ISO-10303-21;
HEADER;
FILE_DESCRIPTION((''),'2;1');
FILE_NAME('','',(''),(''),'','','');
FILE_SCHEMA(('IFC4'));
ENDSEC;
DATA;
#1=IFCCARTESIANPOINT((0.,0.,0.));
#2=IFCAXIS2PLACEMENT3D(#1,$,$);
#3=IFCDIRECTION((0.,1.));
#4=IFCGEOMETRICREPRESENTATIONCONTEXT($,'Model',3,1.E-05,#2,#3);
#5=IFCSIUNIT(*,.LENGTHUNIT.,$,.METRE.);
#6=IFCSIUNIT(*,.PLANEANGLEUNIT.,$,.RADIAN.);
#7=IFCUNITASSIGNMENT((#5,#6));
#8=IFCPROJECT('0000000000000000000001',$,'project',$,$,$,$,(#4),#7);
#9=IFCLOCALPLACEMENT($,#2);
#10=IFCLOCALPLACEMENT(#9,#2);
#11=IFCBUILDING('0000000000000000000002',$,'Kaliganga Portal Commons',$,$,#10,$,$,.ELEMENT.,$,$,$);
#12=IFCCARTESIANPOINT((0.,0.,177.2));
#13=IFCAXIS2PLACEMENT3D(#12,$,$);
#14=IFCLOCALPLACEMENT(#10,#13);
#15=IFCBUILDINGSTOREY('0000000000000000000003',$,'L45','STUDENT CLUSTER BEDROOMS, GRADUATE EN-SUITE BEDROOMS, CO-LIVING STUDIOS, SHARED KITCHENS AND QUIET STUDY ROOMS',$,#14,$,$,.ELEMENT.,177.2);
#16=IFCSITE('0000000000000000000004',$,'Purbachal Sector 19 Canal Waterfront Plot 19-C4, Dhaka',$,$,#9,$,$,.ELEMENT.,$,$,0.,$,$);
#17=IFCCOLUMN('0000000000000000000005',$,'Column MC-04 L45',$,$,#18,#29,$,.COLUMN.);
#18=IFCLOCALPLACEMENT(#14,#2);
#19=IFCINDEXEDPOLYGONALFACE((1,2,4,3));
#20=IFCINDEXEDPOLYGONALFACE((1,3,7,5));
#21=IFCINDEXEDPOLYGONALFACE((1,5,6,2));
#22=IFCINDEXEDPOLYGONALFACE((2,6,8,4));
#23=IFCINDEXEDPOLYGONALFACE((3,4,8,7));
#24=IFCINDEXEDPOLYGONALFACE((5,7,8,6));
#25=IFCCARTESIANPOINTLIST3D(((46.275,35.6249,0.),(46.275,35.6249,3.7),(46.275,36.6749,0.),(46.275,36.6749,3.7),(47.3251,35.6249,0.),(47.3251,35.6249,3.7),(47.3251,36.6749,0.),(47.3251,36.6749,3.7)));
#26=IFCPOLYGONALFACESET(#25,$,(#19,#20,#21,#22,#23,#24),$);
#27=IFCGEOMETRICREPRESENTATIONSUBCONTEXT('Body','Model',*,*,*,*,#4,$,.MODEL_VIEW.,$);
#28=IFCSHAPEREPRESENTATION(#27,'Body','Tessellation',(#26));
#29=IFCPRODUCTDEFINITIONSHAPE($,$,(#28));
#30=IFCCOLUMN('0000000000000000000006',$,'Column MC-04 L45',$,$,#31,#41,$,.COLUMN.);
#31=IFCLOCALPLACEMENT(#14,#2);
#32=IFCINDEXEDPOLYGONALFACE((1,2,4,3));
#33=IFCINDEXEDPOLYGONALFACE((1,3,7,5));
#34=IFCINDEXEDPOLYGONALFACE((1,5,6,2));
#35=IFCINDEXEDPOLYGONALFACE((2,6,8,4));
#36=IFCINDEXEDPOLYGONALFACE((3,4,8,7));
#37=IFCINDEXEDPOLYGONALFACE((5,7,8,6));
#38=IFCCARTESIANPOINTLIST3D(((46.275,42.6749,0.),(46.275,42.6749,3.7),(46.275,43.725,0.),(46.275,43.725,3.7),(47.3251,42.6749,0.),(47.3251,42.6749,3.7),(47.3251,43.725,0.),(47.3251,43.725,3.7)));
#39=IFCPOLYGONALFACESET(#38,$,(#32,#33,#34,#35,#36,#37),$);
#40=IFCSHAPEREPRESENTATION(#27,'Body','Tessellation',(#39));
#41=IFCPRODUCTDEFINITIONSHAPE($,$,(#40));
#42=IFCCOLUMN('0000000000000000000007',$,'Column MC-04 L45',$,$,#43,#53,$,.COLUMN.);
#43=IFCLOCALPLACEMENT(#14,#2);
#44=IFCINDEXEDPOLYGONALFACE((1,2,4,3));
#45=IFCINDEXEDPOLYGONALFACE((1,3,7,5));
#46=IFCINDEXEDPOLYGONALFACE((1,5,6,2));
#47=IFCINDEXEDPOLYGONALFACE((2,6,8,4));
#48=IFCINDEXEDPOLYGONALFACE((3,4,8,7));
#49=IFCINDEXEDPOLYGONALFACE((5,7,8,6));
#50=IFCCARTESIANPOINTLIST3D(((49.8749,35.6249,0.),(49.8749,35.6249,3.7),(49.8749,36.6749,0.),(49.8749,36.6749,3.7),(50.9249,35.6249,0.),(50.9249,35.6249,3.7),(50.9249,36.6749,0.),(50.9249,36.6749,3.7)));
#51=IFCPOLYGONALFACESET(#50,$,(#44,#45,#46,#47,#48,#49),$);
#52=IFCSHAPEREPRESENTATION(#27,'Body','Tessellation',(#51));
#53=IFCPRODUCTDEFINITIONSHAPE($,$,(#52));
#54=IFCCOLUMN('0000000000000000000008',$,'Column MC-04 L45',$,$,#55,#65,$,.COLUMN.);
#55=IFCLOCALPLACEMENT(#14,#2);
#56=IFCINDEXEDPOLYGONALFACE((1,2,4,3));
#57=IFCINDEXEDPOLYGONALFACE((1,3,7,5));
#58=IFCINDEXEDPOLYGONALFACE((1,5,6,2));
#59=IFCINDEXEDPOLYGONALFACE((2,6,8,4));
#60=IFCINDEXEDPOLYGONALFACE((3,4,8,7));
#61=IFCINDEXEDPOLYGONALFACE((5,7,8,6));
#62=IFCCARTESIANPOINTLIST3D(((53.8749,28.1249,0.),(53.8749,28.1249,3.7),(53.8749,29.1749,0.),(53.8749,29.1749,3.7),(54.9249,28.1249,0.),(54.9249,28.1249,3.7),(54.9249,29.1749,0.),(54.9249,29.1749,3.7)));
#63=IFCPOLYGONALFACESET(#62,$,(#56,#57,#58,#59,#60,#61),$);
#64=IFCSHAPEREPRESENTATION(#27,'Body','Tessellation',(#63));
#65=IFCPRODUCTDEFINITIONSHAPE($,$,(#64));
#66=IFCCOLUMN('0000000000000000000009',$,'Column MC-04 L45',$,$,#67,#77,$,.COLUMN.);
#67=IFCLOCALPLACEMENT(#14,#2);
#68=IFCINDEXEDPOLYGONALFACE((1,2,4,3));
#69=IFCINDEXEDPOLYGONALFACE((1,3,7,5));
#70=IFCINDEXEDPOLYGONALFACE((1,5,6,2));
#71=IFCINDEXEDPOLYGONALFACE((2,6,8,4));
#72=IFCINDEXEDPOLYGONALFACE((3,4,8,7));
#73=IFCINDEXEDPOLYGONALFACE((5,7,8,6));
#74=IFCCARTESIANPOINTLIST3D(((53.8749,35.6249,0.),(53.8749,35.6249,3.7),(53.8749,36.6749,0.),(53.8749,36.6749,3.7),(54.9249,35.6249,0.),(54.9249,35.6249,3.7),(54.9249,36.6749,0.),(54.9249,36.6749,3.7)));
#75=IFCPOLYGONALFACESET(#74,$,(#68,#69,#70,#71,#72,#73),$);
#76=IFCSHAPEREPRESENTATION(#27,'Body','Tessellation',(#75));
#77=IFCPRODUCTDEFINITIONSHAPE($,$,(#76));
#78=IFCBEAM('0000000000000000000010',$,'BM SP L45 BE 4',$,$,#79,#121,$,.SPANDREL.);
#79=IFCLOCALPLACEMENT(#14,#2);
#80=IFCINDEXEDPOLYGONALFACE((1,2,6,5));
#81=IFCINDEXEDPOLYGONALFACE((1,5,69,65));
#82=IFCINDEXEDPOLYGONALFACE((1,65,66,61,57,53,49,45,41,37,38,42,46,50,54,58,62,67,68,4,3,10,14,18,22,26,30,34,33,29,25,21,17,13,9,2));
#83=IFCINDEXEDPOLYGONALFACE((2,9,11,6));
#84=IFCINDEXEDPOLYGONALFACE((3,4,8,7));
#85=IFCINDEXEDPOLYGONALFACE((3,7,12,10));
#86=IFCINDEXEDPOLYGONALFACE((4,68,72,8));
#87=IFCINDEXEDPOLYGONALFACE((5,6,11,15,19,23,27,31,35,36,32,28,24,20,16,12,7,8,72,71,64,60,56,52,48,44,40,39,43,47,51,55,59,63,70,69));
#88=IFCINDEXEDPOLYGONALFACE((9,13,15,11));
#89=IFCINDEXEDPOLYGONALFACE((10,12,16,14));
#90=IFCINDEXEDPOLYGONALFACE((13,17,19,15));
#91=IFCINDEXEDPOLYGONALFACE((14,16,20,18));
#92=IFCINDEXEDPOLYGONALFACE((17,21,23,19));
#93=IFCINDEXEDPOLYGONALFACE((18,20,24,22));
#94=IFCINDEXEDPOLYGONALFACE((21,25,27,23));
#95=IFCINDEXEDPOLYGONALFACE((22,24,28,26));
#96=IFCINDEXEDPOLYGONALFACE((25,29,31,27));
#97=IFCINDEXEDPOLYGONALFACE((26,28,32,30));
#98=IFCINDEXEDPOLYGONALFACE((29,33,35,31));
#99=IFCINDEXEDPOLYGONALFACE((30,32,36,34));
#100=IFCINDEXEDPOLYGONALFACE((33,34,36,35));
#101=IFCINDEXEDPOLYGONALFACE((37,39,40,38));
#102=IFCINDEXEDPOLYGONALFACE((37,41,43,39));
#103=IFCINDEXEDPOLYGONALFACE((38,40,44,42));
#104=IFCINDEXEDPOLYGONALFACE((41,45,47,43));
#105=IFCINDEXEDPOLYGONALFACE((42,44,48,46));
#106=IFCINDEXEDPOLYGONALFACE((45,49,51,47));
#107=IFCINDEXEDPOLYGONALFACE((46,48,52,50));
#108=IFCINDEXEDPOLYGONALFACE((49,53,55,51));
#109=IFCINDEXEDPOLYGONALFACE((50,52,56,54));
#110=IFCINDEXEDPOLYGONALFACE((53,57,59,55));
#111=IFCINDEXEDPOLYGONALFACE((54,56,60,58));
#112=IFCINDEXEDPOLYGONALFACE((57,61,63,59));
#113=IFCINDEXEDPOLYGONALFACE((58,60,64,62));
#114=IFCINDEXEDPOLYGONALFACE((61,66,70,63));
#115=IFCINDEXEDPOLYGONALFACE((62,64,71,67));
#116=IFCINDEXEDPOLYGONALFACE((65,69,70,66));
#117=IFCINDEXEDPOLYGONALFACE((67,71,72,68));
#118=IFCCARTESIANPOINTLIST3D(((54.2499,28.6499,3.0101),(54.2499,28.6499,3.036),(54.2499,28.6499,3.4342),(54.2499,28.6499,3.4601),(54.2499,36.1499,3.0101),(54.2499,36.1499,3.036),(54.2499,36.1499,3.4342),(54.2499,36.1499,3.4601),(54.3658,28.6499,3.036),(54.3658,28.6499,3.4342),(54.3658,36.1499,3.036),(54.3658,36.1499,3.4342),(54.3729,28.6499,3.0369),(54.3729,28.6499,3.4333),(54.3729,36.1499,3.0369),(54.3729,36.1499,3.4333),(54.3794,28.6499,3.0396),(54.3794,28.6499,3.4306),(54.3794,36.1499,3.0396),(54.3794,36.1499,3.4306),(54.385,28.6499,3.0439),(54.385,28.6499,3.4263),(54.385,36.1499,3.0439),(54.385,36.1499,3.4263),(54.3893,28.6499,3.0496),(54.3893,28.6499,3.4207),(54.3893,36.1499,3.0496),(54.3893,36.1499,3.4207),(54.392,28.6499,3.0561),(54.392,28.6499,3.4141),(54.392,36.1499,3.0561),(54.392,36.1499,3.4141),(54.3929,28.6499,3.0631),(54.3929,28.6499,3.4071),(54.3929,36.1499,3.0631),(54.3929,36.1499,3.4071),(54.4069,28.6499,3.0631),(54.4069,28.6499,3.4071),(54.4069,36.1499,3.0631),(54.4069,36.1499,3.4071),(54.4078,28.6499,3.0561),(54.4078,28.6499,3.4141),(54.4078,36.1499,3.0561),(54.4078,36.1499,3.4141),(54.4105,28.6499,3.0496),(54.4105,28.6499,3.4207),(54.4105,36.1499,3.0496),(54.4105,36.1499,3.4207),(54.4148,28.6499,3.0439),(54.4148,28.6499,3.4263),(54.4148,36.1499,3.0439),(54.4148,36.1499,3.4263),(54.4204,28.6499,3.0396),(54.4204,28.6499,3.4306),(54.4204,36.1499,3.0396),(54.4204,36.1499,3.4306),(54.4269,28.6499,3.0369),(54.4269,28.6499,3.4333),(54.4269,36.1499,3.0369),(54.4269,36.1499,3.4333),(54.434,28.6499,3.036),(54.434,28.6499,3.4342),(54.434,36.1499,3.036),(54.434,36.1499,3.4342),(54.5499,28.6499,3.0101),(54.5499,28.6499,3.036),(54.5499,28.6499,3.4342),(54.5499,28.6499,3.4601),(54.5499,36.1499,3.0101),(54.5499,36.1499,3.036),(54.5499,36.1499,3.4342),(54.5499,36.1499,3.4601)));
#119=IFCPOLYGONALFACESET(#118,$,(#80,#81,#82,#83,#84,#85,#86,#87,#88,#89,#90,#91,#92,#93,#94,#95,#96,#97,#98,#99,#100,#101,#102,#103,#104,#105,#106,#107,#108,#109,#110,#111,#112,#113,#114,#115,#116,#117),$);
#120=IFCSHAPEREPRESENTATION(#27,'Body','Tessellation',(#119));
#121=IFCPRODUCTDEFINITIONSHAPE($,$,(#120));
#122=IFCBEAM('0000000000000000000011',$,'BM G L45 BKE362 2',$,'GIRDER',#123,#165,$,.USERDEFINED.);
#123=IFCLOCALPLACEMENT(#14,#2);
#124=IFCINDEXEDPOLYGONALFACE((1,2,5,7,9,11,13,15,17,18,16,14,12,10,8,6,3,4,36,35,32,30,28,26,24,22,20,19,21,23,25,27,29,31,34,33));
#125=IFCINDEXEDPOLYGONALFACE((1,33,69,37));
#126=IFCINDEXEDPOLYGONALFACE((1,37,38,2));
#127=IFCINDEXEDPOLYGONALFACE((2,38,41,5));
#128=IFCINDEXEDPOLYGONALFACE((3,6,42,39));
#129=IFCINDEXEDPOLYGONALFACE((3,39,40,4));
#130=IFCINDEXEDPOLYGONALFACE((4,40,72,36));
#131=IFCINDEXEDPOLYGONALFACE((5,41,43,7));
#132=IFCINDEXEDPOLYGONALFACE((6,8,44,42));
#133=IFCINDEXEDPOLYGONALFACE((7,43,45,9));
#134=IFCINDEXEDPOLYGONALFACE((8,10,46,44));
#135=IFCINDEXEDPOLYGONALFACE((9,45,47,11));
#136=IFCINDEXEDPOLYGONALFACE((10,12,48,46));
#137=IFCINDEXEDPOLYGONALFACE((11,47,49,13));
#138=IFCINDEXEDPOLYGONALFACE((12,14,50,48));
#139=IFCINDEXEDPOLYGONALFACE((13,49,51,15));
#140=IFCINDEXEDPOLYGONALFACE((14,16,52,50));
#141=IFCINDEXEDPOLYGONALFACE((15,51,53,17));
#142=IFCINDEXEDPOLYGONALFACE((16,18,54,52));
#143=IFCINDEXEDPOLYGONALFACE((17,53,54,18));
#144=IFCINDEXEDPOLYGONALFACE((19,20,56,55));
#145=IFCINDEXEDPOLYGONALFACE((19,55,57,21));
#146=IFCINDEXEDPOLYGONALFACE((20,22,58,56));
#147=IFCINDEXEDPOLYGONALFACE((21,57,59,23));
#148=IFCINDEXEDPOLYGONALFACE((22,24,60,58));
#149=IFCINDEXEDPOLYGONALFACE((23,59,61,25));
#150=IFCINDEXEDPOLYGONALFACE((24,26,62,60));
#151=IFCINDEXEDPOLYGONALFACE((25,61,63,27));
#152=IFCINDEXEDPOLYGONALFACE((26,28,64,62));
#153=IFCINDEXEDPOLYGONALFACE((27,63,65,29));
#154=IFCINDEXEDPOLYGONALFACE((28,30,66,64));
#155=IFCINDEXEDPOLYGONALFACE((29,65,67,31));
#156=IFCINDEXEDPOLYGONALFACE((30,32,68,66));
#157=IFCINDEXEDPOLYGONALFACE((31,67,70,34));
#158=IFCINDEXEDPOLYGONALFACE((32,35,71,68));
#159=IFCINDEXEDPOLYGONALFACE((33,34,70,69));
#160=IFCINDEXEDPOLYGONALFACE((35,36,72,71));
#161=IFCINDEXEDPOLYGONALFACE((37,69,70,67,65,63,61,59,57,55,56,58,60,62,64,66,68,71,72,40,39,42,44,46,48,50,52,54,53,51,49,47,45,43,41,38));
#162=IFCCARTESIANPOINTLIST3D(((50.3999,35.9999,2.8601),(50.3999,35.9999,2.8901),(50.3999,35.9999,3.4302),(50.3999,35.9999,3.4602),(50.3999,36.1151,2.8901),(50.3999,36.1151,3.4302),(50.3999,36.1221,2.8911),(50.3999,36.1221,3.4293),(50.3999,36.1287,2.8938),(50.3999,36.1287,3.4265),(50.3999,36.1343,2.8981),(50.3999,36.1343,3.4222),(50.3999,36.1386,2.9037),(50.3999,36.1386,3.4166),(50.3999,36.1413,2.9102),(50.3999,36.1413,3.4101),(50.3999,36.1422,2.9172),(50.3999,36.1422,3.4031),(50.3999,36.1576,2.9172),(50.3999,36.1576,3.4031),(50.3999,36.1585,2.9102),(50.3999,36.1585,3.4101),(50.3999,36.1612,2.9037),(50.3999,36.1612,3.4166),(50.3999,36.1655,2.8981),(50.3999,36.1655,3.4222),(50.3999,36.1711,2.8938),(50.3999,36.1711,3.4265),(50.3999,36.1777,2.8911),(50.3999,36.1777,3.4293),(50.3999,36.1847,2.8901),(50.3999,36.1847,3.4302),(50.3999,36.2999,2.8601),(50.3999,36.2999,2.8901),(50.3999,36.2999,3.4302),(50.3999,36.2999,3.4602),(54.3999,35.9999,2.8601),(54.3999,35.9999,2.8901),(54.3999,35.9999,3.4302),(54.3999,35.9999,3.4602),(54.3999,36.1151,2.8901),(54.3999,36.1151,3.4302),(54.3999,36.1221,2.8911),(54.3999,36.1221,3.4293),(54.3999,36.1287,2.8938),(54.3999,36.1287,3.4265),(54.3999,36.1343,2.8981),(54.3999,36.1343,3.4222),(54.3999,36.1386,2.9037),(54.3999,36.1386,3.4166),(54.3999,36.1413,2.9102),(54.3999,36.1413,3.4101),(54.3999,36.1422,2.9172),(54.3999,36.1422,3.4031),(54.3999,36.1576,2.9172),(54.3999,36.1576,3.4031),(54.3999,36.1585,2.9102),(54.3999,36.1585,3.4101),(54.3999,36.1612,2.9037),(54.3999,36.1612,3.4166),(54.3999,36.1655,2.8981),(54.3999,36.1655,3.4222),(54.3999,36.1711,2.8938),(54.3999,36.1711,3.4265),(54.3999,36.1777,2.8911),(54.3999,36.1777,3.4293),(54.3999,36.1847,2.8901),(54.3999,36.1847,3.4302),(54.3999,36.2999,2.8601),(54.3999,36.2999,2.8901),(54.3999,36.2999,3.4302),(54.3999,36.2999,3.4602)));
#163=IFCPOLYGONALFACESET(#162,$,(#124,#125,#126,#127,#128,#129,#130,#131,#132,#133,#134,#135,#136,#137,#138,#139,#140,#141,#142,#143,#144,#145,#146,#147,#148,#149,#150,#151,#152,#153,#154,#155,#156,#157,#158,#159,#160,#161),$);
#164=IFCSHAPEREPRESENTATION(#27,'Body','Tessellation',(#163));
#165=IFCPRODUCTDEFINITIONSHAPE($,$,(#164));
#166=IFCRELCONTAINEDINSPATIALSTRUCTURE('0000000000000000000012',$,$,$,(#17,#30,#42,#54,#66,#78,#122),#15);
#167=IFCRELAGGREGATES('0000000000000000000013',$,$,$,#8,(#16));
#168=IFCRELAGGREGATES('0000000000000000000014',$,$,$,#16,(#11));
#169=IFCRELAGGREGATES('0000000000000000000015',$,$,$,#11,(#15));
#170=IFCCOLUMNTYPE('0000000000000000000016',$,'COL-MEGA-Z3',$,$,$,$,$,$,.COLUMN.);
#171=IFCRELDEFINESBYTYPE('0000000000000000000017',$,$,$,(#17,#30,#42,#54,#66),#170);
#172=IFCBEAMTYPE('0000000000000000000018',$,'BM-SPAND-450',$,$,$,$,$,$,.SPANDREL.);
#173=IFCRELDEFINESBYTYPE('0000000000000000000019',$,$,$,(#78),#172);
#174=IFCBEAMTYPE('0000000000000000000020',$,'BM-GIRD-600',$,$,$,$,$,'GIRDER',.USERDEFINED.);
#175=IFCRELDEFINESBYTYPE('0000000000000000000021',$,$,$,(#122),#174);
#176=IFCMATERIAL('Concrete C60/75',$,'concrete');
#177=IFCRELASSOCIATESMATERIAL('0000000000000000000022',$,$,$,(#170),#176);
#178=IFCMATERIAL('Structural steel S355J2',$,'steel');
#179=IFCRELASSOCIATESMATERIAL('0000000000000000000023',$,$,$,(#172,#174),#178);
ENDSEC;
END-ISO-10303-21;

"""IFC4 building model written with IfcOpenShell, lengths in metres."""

from ifc_helpers import new_model, si_unit, direction, frame, origin, origin_2d, place, context, subcontext, project, spatial, rectangle, i_section, extrude, source, transform, mapped, material, material_profile, profile_set, type_object, element, save


model = new_model("IFC4")

# Units and contexts
model_context = context("Model", 3, precision=1e-05, world=origin(), true_north=direction((0.0, 1.0)))
body_context = subcontext(model_context, "Body", "Model", "MODEL_VIEW")
ifc_project = project(units=[si_unit("LENGTHUNIT", "METRE"), si_unit("PLANEANGLEUNIT", "RADIAN")], contexts=[model_context])

# Site, building, storey
site_placement = place(None, origin())
site = spatial("IfcSite", under=ifc_project, at=site_placement, Name="Purbachal Sector 19 Canal Waterfront Plot 19-C4, Dhaka", CompositionType="ELEMENT", RefElevation=0.0)
building_placement = place(site_placement, origin())
building = spatial("IfcBuilding", under=site, at=building_placement, Name="Kaliganga Portal Commons", CompositionType="ELEMENT")
storey_placement = place(building_placement, frame((0.0, 0.0, 177.2)))
storey = spatial("IfcBuildingStorey", under=building, at=storey_placement, Name="L45", Description="STUDENT CLUSTER BEDROOMS, GRADUATE EN-SUITE BEDROOMS, CO-LIVING STUDIOS, SHARED KITCHENS AND QUIET STUDY ROOMS", CompositionType="ELEMENT", Elevation=177.2)

# Columns
ifc_material_1 = material(Name="Concrete C60/75", Category="concrete")
ifc_material_profile_1 = material_profile(ifc_material_1, rectangle(XDim=1.05, YDim=1.05, at=origin_2d()), Name="RC 1050x1050")
ifc_profile_set_1 = profile_set([ifc_material_profile_1], Name="Concrete C60/75")
column_type = type_object("IfcColumnType", Name="COL-MEGA-Z3", PredefinedType="COLUMN", material=ifc_profile_set_1)
shared_shape_1 = source(origin(), body_context, "Body", "SweptSolid", [
    extrude(rectangle(XDim=1.05, YDim=1.05, at=origin_2d()), origin(), (0.0, 0.0, 1.0), 3.7),
])
for number, where, z_axis, x_axis, name in (
    (1, (46.8, 36.1499, 0.0), (0.0, 0.0, 1.0), (1.0, 0.0, 0.0), "Column MC-04 L45"),
    (2, (46.8, 43.2, 0.0), (0.0, 0.0, 1.0), (1.0, 0.0, 0.0), "Column MC-04 L45"),
    (3, (50.3999, 36.1499, 0.0), (0.0, 0.0, 1.0), (1.0, 0.0, 0.0), "Column MC-04 L45"),
    (4, (54.3999, 28.6499, 0.0), (0.0, 0.0, 1.0), (1.0, 0.0, 0.0), "Column MC-04 L45"),
    (5, (54.3999, 36.1499, 0.0), (0.0, 0.0, 1.0), (1.0, 0.0, 0.0), "Column MC-04 L45"),
):
    element("IfcColumn", number, at=place(storey_placement, frame(where, z_axis=z_axis, x_axis=x_axis)), inside=storey, type_object=column_type, Name=name, PredefinedType="COLUMN", context=body_context, shape_type="MappedRepresentation", body=[
        mapped(shared_shape_1, transform((0.0, 0.0, 0.0), x_axis=(1.0, 0.0, 0.0), y_axis=(0.0, 1.0, 0.0), z_axis=(0.0, 0.0, 1.0), scale=1.0)),
    ])

# Beams
ifc_material_2 = material(Name="Structural steel S355J2", Category="steel")
ifc_material_profile_2 = material_profile(ifc_material_2, i_section(OverallWidth=0.3, OverallDepth=0.45, WebThickness=0.0139, FlangeThickness=0.0259, FilletRadius=0.0271, at=origin_2d()), Name="HE 450 B")
ifc_profile_set_2 = profile_set([ifc_material_profile_2], Name="Structural steel S355J2 wide-flange")
beam_type_1 = type_object("IfcBeamType", Name="BM-SPAND-450", PredefinedType="SPANDREL", material=ifc_profile_set_2)
shared_shape_2 = source(origin(), body_context, "Body", "SweptSolid", [
    extrude(i_section(OverallWidth=0.3, OverallDepth=0.45, WebThickness=0.0139, FlangeThickness=0.0259, FilletRadius=0.0271, at=origin_2d()), origin(), (0.0, 0.0, 1.0), 7.5),
])
beam_1_placement = place(storey_placement, frame((54.3999, 28.6499, 3.2351), z_axis=(0.0, 1.0, 0.0), x_axis=(-1.0, 0.0, 0.0)))
element("IfcBeam", 6, at=beam_1_placement, inside=storey, type_object=beam_type_1, Name="BM SP L45 BE 4", PredefinedType="SPANDREL", context=body_context, shape_type="MappedRepresentation", body=[
    mapped(shared_shape_2, transform((0.0, 0.0, 0.0), x_axis=(1.0, 0.0, 0.0), y_axis=(0.0, 1.0, 0.0), z_axis=(0.0, 0.0, 1.0), scale=1.0)),
])
ifc_material_profile_3 = material_profile(ifc_material_2, i_section(OverallWidth=0.3, OverallDepth=0.6001, WebThickness=0.0154, FlangeThickness=0.03, FilletRadius=0.0271, at=origin_2d()), Name="HE 600 B")
ifc_profile_set_3 = profile_set([ifc_material_profile_3], Name="Structural steel S355J2 wide-flange")
beam_type_2 = type_object("IfcBeamType", Name="BM-GIRD-600", ElementType="GIRDER", PredefinedType="USERDEFINED", material=ifc_profile_set_3)
shared_shape_3 = source(origin(), body_context, "Body", "SweptSolid", [
    extrude(i_section(OverallWidth=0.3, OverallDepth=0.6001, WebThickness=0.0154, FlangeThickness=0.03, FilletRadius=0.0271, at=origin_2d()), origin(), (0.0, 0.0, 1.0), 4.0),
])
beam_2_placement = place(storey_placement, frame((50.3999, 36.1499, 3.1602), z_axis=(1.0, 0.0, 0.0), x_axis=(0.0, 1.0, 0.0)))
element("IfcBeam", 7, at=beam_2_placement, inside=storey, type_object=beam_type_2, Name="BM G L45 BKE362 2", ObjectType="GIRDER", PredefinedType="USERDEFINED", context=body_context, shape_type="MappedRepresentation", body=[
    mapped(shared_shape_3, transform((0.0, 0.0, 0.0), x_axis=(1.0, 0.0, 0.0), y_axis=(0.0, 1.0, 0.0), z_axis=(0.0, 0.0, 1.0), scale=1.0)),
])

save(model, "model.ifc")
